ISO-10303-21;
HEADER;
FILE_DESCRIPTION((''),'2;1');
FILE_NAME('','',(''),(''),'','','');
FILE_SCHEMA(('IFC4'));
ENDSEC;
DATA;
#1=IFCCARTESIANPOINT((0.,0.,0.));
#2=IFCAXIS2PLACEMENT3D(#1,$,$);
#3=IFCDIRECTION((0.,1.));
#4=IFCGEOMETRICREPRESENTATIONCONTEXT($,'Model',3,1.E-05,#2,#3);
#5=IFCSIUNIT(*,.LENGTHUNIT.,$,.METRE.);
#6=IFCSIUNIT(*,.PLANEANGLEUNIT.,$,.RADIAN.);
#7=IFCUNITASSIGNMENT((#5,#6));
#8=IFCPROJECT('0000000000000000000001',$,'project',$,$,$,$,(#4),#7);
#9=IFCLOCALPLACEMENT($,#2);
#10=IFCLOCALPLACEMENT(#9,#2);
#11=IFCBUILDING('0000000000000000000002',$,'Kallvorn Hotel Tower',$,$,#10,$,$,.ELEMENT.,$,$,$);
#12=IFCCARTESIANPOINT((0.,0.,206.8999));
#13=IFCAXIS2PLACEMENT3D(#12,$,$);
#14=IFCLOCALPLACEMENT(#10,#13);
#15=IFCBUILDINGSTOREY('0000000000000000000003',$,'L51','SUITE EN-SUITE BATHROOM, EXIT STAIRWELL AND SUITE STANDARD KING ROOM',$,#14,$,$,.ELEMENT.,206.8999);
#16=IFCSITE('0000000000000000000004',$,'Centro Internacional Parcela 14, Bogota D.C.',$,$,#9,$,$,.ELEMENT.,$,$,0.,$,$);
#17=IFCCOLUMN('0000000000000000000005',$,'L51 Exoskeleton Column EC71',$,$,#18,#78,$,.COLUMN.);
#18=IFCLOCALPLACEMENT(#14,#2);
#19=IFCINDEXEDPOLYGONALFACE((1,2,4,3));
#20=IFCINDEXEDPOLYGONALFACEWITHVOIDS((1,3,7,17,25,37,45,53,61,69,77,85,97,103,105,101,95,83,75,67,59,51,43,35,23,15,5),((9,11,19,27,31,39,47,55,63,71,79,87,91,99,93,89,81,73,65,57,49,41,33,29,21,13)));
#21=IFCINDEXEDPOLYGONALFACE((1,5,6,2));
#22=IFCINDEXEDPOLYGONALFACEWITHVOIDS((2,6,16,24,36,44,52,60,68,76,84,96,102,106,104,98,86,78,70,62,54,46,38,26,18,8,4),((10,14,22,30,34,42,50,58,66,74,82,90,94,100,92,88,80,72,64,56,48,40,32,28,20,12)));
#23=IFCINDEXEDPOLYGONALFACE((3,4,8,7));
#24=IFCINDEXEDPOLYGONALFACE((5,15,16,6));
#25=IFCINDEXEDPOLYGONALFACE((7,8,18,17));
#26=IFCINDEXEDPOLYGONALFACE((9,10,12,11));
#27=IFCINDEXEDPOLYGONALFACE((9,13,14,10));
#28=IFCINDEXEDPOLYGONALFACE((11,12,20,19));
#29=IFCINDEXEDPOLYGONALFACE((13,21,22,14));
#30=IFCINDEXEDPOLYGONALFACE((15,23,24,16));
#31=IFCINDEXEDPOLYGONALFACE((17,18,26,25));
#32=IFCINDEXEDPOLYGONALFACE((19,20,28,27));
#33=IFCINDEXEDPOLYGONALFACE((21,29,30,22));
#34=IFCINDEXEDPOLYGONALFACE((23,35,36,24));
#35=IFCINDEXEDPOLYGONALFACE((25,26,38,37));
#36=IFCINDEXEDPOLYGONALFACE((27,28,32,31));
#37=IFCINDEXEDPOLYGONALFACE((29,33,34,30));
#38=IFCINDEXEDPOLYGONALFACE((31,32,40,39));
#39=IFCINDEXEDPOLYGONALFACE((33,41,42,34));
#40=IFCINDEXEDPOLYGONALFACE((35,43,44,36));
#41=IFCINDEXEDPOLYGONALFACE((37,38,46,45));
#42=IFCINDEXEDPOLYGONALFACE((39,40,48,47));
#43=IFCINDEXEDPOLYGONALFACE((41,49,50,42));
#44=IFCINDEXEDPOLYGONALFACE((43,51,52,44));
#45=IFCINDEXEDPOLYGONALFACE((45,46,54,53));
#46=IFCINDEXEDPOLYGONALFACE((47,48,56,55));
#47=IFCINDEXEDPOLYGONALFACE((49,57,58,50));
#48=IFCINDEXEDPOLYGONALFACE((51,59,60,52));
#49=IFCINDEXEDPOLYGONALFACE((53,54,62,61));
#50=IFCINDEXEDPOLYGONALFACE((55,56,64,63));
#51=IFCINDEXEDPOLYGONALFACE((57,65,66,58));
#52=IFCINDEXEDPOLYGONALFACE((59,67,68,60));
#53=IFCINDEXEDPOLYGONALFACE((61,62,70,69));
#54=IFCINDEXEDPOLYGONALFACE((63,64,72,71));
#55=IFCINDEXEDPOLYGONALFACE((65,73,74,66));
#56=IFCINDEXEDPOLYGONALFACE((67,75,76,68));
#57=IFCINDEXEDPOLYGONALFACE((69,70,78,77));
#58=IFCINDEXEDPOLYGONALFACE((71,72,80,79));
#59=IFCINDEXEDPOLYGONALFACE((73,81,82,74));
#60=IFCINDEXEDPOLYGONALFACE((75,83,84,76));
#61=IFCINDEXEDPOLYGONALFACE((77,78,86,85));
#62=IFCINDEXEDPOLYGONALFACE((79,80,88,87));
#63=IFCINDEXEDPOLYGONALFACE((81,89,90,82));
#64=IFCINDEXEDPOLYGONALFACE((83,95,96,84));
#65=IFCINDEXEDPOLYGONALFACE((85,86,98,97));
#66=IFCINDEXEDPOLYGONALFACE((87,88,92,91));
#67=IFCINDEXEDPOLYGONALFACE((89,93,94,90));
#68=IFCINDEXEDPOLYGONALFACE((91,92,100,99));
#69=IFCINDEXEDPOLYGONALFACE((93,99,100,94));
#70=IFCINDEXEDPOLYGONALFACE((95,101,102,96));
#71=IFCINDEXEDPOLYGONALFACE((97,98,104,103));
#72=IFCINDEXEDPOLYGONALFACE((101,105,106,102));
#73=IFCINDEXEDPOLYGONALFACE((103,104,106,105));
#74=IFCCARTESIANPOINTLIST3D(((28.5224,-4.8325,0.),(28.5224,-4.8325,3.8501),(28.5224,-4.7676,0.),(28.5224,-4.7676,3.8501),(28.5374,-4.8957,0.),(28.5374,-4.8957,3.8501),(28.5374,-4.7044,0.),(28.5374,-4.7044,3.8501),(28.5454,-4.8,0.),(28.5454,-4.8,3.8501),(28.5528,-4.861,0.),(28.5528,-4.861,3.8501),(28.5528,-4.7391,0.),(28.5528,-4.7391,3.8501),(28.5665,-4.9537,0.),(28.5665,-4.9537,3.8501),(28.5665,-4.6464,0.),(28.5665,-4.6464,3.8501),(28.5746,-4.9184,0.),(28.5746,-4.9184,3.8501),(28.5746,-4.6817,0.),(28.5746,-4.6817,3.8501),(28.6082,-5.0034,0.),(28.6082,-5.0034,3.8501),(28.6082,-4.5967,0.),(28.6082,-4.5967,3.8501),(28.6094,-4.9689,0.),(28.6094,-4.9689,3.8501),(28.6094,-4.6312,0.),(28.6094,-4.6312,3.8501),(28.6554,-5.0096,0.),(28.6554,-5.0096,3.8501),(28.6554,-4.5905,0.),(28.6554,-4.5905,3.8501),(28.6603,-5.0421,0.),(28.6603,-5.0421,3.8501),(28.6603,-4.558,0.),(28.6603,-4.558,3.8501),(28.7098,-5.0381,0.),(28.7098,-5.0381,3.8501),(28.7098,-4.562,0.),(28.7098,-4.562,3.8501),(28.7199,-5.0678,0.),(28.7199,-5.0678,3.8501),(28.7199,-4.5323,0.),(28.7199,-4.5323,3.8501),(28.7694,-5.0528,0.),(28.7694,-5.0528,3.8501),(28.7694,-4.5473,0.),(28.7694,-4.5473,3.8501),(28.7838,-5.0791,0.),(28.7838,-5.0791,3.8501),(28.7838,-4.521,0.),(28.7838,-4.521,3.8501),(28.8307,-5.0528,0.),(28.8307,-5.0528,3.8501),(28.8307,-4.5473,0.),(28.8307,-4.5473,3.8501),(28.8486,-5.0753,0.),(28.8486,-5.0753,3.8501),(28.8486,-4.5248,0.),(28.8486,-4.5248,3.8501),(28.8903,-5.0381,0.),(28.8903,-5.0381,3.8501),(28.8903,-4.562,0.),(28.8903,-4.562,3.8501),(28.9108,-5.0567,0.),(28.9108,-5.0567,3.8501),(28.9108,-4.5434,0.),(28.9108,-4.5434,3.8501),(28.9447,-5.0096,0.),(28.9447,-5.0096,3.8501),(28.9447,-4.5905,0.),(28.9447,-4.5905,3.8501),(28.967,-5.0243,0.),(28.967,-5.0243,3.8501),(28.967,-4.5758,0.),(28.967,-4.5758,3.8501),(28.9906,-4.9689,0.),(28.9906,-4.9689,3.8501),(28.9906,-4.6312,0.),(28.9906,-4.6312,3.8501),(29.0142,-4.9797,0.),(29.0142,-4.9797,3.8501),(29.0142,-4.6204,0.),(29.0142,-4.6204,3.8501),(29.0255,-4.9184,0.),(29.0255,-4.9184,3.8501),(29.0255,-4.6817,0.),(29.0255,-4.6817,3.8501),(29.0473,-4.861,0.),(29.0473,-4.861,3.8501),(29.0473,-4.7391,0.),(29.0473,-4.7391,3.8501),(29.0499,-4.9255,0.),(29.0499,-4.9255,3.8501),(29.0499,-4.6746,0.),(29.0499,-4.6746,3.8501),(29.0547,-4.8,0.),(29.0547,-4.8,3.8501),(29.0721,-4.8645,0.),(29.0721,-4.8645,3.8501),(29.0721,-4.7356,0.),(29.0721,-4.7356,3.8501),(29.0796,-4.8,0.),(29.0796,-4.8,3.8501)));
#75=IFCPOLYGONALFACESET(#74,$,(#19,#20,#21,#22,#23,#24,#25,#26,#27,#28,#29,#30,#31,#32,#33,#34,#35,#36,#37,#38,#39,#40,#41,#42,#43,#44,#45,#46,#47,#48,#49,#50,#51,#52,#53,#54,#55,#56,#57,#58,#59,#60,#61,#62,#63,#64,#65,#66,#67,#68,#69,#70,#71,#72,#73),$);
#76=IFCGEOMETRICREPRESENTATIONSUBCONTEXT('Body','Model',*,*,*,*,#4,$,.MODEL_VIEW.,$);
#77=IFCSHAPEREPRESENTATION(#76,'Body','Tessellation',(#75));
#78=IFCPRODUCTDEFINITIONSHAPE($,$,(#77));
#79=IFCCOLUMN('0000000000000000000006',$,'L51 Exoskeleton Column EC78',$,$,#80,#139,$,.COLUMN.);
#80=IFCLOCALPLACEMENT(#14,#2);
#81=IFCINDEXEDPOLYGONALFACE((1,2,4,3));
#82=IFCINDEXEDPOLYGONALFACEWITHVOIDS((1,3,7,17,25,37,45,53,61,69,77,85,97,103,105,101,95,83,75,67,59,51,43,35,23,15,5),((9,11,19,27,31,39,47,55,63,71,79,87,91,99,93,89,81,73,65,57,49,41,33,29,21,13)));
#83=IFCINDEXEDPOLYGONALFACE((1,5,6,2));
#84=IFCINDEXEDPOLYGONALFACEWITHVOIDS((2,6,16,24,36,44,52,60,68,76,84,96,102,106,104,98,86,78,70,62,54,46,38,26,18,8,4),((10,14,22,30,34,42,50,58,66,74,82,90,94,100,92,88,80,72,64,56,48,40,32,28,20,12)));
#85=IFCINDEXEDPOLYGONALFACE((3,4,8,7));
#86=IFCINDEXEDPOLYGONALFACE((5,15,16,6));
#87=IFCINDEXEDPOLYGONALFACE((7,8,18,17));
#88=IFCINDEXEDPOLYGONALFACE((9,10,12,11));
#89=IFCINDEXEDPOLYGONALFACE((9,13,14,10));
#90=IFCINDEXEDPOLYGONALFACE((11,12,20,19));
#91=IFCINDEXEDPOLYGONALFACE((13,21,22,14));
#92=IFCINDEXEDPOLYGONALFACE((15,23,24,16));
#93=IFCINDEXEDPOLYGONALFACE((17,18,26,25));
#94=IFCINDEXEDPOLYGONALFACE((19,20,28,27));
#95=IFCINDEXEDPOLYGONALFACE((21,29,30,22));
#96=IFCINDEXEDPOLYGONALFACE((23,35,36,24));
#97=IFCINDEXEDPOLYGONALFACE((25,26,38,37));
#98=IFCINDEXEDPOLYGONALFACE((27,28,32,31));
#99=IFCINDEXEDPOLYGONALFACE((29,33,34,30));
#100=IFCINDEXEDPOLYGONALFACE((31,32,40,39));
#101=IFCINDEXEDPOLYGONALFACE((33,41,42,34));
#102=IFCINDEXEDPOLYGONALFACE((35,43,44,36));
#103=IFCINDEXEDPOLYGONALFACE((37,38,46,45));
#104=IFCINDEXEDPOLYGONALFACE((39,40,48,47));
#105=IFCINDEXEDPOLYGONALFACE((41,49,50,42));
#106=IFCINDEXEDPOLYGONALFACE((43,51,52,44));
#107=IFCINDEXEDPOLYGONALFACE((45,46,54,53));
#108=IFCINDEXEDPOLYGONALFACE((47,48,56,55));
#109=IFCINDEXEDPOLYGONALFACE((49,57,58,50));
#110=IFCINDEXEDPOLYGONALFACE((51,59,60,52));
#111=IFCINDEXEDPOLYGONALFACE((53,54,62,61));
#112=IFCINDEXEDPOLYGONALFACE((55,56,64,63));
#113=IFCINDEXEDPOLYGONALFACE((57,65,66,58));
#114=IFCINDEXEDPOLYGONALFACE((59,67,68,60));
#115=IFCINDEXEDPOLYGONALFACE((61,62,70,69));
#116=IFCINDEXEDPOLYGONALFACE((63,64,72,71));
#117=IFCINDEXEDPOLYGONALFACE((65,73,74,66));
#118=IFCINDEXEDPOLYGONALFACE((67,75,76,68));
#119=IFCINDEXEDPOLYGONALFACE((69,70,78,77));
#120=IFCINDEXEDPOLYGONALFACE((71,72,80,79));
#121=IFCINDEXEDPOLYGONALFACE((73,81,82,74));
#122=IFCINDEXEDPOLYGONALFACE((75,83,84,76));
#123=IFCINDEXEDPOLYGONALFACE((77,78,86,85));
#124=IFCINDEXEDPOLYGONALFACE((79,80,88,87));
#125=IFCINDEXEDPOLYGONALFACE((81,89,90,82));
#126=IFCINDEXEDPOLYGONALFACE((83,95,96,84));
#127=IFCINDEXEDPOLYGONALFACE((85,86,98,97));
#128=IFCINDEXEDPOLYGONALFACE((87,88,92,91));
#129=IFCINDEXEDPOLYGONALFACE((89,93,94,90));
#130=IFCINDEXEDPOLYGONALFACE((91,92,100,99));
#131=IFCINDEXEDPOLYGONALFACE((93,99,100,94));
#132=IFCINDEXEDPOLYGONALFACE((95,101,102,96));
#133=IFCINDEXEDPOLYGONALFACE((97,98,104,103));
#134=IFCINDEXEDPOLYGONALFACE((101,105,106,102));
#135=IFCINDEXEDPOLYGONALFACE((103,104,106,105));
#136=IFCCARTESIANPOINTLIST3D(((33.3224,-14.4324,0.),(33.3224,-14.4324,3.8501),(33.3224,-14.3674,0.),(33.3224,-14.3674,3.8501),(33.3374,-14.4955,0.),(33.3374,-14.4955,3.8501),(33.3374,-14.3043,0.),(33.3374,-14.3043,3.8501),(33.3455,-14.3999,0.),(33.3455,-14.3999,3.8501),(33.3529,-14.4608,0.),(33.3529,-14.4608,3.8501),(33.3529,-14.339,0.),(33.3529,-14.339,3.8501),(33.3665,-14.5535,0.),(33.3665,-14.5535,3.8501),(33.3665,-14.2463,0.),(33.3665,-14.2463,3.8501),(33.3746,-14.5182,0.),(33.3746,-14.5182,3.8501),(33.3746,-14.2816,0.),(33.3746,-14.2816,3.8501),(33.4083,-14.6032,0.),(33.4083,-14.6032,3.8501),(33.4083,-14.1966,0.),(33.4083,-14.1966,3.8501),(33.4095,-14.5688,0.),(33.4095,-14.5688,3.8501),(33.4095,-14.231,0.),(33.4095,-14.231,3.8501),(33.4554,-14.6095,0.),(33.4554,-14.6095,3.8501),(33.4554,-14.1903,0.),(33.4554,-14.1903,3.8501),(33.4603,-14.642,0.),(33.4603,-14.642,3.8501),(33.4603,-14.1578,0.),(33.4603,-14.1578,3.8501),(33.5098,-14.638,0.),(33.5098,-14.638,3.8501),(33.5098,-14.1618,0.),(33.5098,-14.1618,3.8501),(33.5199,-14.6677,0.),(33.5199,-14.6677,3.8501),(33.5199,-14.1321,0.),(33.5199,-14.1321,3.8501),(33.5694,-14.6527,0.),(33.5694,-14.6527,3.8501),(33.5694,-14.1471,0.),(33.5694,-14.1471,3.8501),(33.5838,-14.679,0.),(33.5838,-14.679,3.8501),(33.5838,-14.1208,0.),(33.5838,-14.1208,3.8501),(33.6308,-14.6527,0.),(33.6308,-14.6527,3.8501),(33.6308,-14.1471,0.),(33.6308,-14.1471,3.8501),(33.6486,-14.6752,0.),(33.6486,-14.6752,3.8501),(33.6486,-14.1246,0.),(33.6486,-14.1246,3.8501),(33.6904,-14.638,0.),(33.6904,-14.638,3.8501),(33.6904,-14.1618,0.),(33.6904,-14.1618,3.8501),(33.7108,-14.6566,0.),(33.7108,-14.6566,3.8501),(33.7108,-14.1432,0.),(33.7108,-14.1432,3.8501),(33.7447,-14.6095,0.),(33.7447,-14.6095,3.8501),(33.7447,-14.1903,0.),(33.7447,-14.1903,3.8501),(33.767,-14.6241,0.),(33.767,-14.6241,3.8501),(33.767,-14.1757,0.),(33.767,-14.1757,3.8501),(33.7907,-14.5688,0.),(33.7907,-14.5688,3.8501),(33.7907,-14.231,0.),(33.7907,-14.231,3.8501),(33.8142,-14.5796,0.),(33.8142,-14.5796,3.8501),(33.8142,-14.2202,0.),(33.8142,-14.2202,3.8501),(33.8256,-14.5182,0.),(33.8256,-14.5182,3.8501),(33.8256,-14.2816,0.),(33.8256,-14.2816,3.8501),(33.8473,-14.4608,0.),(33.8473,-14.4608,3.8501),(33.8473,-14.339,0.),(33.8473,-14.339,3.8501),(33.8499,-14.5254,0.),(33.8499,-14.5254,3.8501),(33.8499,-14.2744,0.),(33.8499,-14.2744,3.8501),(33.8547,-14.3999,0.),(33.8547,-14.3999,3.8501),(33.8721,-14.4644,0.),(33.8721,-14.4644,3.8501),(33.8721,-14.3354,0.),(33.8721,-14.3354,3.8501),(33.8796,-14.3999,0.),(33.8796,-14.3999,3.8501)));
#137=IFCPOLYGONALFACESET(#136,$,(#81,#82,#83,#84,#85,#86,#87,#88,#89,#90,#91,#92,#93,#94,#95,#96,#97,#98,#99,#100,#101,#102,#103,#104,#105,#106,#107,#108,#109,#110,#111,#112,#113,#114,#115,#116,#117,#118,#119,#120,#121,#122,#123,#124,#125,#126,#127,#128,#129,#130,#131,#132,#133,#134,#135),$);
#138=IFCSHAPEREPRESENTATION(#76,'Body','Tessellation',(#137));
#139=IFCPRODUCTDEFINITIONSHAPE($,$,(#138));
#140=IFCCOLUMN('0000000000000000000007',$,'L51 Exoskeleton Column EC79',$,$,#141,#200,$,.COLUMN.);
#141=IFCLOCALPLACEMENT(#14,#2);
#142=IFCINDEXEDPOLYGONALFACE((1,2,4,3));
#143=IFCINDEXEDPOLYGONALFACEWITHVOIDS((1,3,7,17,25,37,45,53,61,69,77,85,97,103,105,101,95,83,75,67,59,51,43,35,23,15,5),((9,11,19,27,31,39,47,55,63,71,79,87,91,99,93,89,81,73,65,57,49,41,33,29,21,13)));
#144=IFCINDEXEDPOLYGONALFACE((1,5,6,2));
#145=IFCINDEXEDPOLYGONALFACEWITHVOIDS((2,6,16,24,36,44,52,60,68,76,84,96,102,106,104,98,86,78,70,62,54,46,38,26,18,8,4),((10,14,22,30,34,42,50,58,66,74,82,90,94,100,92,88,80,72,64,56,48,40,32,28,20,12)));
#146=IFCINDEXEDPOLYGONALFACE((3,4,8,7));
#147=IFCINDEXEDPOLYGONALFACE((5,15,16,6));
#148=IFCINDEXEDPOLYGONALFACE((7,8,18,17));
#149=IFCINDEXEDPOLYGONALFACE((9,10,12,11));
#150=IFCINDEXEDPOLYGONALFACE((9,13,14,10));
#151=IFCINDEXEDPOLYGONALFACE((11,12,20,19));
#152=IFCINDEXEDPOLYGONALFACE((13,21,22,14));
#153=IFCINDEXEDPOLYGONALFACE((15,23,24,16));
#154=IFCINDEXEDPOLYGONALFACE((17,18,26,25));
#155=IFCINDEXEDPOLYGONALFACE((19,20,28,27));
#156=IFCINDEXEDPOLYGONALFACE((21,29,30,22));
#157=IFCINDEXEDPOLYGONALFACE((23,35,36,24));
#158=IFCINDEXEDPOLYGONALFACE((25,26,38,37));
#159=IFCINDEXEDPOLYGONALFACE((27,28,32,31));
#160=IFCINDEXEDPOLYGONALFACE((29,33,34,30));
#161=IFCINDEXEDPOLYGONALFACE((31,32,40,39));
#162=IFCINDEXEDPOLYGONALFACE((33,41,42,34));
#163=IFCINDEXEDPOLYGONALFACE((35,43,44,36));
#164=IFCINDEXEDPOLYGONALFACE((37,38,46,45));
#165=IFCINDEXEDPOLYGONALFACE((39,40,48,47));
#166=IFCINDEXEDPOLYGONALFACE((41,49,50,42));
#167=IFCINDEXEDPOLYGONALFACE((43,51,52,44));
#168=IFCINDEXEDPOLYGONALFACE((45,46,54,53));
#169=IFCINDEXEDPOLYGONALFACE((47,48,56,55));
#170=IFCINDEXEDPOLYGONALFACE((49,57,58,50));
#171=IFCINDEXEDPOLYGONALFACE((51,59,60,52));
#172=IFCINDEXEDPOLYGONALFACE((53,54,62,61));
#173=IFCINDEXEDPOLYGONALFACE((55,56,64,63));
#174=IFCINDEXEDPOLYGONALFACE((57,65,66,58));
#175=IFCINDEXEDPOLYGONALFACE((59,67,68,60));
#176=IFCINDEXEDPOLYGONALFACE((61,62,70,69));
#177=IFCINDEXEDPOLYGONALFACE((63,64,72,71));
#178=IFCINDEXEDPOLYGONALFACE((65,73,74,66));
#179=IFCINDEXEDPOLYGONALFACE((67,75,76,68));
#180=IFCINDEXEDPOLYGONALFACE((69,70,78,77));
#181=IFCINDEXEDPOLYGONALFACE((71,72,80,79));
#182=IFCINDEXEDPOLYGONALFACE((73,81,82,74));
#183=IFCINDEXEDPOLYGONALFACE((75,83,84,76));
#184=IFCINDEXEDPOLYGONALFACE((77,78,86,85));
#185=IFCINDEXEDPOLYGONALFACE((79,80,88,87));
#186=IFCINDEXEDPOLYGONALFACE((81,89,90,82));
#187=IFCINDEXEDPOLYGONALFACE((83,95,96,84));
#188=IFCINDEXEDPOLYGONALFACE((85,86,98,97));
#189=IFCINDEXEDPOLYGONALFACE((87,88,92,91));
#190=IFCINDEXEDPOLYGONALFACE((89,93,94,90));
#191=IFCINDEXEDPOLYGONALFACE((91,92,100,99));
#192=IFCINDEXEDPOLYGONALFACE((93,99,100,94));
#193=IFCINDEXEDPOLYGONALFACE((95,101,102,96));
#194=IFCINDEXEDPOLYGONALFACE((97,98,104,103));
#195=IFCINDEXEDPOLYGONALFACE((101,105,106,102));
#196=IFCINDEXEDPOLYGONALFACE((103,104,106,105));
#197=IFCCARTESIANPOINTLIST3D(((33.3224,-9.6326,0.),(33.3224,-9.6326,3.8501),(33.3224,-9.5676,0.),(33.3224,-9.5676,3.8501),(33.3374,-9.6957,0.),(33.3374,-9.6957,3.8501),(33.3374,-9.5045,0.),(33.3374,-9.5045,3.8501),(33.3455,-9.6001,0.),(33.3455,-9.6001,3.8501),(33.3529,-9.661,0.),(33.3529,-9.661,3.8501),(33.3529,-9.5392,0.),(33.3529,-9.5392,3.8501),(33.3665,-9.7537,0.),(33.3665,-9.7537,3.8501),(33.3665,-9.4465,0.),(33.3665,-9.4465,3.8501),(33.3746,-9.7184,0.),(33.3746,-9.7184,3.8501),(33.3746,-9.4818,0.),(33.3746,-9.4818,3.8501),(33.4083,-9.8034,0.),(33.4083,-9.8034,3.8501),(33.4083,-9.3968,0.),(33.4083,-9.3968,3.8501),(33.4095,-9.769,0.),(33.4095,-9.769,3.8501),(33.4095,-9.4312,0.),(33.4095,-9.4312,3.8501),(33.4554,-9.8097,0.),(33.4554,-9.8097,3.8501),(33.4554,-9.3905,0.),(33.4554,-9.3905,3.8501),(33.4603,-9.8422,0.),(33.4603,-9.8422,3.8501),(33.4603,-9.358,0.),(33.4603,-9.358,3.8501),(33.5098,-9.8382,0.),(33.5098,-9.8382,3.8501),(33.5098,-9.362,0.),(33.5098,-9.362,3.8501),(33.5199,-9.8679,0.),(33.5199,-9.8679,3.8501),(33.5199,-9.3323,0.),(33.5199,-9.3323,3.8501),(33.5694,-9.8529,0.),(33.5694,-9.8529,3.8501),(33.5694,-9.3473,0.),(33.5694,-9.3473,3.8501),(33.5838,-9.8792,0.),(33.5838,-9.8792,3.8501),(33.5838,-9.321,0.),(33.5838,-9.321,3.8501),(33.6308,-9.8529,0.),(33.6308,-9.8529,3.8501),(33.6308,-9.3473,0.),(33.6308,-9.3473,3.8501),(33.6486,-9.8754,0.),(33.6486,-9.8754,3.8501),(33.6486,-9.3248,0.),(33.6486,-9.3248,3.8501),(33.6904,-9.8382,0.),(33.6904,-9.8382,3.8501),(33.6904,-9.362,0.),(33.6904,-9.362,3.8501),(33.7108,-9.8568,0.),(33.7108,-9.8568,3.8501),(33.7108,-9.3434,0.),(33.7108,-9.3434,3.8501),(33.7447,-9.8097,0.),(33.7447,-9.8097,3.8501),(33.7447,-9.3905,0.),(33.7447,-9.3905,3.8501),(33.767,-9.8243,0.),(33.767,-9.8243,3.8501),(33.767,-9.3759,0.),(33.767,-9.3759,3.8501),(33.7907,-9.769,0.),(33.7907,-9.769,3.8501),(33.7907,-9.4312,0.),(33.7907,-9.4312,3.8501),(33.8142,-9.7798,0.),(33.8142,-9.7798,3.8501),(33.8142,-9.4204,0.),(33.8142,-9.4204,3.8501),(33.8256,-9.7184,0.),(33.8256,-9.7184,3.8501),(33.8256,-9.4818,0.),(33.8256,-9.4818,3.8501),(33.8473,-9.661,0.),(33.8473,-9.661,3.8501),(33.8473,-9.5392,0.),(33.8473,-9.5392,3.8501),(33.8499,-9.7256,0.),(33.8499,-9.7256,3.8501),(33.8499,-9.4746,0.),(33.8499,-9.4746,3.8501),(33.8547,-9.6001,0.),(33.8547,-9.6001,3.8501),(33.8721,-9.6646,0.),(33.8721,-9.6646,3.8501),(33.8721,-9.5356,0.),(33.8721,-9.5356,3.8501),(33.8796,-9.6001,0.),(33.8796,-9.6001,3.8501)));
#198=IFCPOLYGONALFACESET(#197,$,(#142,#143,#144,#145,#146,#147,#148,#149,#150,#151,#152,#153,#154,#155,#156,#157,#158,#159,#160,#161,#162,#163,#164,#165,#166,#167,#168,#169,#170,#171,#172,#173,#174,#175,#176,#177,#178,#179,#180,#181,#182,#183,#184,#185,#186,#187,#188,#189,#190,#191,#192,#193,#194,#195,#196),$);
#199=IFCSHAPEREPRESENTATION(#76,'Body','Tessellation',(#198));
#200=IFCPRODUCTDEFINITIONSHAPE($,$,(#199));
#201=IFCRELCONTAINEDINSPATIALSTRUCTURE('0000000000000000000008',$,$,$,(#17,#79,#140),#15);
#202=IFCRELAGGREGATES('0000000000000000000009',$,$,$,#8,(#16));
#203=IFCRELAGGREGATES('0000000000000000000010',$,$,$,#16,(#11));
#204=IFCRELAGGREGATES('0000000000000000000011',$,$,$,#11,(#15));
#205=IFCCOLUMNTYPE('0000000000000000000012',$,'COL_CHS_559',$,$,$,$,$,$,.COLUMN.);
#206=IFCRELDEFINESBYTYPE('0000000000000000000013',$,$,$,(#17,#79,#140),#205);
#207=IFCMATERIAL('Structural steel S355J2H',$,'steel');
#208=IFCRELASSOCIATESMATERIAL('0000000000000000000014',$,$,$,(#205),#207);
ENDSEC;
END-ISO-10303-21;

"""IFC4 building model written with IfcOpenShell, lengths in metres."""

from ifc_helpers import new_model, si_unit, direction, frame, origin, origin_2d, place, context, subcontext, project, spatial, hollow_circle, extrude, material, material_profile, profile_set, type_object, element, save


model = new_model("IFC4")

# Units and contexts
model_context = context("Model", 3, precision=1e-05, world=origin(), true_north=direction((0.0, 1.0)))
body_context = subcontext(model_context, "Body", "Model", "MODEL_VIEW")
ifc_project = project(units=[si_unit("LENGTHUNIT", "METRE"), si_unit("PLANEANGLEUNIT", "RADIAN")], contexts=[model_context])

# Site, building, storey
site_placement = place(None, origin())
site = spatial("IfcSite", under=ifc_project, at=site_placement, Name="Centro Internacional Parcela 14, Bogota D.C.", CompositionType="ELEMENT", RefElevation=0.0)
building_placement = place(site_placement, origin())
building = spatial("IfcBuilding", under=site, at=building_placement, Name="Kallvorn Hotel Tower", CompositionType="ELEMENT")
storey_placement = place(building_placement, frame((0.0, 0.0, 206.8999)))
storey = spatial("IfcBuildingStorey", under=building, at=storey_placement, Name="L51", Description="SUITE EN-SUITE BATHROOM, EXIT STAIRWELL AND SUITE STANDARD KING ROOM", CompositionType="ELEMENT", Elevation=206.8999)

# Columns
ifc_material_1 = material(Name="Structural steel S355J2H", Category="steel")
ifc_material_profile_1 = material_profile(ifc_material_1, hollow_circle(Radius=0.2795, WallThickness=0.0249, at=origin_2d()), Name="CHS 559x25")
ifc_profile_set_1 = profile_set([ifc_material_profile_1], Name="Structural steel S355J2H")
column_type_1 = type_object("IfcColumnType", Name="COL_CHS_559", PredefinedType="COLUMN", material=ifc_profile_set_1)
for number, where, z_axis, x_axis, name in (
    (1, (28.8, -4.8, 0.0), (0.0, 0.0, 1.0), (1.0, 0.0, 0.0), "L51 Exoskeleton Column EC71"),
    (2, (33.6001, -14.3999, 0.0), (0.0, 0.0, 1.0), (1.0, 0.0, 0.0), "L51 Exoskeleton Column EC78"),
    (3, (33.6001, -9.6001, 0.0), (0.0, 0.0, 1.0), (1.0, 0.0, 0.0), "L51 Exoskeleton Column EC79"),
):
    element("IfcColumn", number, at=place(storey_placement, frame(where, z_axis=z_axis, x_axis=x_axis)), inside=storey, type_object=column_type_1, Name=name, PredefinedType="COLUMN", context=body_context, shape_type="SweptSolid", body=[
        extrude(hollow_circle(Radius=0.2795, WallThickness=0.0249, at=origin_2d()), origin(), (0.0, 0.0, 1.0), 3.8501),
    ])

save(model, "model.ifc")
